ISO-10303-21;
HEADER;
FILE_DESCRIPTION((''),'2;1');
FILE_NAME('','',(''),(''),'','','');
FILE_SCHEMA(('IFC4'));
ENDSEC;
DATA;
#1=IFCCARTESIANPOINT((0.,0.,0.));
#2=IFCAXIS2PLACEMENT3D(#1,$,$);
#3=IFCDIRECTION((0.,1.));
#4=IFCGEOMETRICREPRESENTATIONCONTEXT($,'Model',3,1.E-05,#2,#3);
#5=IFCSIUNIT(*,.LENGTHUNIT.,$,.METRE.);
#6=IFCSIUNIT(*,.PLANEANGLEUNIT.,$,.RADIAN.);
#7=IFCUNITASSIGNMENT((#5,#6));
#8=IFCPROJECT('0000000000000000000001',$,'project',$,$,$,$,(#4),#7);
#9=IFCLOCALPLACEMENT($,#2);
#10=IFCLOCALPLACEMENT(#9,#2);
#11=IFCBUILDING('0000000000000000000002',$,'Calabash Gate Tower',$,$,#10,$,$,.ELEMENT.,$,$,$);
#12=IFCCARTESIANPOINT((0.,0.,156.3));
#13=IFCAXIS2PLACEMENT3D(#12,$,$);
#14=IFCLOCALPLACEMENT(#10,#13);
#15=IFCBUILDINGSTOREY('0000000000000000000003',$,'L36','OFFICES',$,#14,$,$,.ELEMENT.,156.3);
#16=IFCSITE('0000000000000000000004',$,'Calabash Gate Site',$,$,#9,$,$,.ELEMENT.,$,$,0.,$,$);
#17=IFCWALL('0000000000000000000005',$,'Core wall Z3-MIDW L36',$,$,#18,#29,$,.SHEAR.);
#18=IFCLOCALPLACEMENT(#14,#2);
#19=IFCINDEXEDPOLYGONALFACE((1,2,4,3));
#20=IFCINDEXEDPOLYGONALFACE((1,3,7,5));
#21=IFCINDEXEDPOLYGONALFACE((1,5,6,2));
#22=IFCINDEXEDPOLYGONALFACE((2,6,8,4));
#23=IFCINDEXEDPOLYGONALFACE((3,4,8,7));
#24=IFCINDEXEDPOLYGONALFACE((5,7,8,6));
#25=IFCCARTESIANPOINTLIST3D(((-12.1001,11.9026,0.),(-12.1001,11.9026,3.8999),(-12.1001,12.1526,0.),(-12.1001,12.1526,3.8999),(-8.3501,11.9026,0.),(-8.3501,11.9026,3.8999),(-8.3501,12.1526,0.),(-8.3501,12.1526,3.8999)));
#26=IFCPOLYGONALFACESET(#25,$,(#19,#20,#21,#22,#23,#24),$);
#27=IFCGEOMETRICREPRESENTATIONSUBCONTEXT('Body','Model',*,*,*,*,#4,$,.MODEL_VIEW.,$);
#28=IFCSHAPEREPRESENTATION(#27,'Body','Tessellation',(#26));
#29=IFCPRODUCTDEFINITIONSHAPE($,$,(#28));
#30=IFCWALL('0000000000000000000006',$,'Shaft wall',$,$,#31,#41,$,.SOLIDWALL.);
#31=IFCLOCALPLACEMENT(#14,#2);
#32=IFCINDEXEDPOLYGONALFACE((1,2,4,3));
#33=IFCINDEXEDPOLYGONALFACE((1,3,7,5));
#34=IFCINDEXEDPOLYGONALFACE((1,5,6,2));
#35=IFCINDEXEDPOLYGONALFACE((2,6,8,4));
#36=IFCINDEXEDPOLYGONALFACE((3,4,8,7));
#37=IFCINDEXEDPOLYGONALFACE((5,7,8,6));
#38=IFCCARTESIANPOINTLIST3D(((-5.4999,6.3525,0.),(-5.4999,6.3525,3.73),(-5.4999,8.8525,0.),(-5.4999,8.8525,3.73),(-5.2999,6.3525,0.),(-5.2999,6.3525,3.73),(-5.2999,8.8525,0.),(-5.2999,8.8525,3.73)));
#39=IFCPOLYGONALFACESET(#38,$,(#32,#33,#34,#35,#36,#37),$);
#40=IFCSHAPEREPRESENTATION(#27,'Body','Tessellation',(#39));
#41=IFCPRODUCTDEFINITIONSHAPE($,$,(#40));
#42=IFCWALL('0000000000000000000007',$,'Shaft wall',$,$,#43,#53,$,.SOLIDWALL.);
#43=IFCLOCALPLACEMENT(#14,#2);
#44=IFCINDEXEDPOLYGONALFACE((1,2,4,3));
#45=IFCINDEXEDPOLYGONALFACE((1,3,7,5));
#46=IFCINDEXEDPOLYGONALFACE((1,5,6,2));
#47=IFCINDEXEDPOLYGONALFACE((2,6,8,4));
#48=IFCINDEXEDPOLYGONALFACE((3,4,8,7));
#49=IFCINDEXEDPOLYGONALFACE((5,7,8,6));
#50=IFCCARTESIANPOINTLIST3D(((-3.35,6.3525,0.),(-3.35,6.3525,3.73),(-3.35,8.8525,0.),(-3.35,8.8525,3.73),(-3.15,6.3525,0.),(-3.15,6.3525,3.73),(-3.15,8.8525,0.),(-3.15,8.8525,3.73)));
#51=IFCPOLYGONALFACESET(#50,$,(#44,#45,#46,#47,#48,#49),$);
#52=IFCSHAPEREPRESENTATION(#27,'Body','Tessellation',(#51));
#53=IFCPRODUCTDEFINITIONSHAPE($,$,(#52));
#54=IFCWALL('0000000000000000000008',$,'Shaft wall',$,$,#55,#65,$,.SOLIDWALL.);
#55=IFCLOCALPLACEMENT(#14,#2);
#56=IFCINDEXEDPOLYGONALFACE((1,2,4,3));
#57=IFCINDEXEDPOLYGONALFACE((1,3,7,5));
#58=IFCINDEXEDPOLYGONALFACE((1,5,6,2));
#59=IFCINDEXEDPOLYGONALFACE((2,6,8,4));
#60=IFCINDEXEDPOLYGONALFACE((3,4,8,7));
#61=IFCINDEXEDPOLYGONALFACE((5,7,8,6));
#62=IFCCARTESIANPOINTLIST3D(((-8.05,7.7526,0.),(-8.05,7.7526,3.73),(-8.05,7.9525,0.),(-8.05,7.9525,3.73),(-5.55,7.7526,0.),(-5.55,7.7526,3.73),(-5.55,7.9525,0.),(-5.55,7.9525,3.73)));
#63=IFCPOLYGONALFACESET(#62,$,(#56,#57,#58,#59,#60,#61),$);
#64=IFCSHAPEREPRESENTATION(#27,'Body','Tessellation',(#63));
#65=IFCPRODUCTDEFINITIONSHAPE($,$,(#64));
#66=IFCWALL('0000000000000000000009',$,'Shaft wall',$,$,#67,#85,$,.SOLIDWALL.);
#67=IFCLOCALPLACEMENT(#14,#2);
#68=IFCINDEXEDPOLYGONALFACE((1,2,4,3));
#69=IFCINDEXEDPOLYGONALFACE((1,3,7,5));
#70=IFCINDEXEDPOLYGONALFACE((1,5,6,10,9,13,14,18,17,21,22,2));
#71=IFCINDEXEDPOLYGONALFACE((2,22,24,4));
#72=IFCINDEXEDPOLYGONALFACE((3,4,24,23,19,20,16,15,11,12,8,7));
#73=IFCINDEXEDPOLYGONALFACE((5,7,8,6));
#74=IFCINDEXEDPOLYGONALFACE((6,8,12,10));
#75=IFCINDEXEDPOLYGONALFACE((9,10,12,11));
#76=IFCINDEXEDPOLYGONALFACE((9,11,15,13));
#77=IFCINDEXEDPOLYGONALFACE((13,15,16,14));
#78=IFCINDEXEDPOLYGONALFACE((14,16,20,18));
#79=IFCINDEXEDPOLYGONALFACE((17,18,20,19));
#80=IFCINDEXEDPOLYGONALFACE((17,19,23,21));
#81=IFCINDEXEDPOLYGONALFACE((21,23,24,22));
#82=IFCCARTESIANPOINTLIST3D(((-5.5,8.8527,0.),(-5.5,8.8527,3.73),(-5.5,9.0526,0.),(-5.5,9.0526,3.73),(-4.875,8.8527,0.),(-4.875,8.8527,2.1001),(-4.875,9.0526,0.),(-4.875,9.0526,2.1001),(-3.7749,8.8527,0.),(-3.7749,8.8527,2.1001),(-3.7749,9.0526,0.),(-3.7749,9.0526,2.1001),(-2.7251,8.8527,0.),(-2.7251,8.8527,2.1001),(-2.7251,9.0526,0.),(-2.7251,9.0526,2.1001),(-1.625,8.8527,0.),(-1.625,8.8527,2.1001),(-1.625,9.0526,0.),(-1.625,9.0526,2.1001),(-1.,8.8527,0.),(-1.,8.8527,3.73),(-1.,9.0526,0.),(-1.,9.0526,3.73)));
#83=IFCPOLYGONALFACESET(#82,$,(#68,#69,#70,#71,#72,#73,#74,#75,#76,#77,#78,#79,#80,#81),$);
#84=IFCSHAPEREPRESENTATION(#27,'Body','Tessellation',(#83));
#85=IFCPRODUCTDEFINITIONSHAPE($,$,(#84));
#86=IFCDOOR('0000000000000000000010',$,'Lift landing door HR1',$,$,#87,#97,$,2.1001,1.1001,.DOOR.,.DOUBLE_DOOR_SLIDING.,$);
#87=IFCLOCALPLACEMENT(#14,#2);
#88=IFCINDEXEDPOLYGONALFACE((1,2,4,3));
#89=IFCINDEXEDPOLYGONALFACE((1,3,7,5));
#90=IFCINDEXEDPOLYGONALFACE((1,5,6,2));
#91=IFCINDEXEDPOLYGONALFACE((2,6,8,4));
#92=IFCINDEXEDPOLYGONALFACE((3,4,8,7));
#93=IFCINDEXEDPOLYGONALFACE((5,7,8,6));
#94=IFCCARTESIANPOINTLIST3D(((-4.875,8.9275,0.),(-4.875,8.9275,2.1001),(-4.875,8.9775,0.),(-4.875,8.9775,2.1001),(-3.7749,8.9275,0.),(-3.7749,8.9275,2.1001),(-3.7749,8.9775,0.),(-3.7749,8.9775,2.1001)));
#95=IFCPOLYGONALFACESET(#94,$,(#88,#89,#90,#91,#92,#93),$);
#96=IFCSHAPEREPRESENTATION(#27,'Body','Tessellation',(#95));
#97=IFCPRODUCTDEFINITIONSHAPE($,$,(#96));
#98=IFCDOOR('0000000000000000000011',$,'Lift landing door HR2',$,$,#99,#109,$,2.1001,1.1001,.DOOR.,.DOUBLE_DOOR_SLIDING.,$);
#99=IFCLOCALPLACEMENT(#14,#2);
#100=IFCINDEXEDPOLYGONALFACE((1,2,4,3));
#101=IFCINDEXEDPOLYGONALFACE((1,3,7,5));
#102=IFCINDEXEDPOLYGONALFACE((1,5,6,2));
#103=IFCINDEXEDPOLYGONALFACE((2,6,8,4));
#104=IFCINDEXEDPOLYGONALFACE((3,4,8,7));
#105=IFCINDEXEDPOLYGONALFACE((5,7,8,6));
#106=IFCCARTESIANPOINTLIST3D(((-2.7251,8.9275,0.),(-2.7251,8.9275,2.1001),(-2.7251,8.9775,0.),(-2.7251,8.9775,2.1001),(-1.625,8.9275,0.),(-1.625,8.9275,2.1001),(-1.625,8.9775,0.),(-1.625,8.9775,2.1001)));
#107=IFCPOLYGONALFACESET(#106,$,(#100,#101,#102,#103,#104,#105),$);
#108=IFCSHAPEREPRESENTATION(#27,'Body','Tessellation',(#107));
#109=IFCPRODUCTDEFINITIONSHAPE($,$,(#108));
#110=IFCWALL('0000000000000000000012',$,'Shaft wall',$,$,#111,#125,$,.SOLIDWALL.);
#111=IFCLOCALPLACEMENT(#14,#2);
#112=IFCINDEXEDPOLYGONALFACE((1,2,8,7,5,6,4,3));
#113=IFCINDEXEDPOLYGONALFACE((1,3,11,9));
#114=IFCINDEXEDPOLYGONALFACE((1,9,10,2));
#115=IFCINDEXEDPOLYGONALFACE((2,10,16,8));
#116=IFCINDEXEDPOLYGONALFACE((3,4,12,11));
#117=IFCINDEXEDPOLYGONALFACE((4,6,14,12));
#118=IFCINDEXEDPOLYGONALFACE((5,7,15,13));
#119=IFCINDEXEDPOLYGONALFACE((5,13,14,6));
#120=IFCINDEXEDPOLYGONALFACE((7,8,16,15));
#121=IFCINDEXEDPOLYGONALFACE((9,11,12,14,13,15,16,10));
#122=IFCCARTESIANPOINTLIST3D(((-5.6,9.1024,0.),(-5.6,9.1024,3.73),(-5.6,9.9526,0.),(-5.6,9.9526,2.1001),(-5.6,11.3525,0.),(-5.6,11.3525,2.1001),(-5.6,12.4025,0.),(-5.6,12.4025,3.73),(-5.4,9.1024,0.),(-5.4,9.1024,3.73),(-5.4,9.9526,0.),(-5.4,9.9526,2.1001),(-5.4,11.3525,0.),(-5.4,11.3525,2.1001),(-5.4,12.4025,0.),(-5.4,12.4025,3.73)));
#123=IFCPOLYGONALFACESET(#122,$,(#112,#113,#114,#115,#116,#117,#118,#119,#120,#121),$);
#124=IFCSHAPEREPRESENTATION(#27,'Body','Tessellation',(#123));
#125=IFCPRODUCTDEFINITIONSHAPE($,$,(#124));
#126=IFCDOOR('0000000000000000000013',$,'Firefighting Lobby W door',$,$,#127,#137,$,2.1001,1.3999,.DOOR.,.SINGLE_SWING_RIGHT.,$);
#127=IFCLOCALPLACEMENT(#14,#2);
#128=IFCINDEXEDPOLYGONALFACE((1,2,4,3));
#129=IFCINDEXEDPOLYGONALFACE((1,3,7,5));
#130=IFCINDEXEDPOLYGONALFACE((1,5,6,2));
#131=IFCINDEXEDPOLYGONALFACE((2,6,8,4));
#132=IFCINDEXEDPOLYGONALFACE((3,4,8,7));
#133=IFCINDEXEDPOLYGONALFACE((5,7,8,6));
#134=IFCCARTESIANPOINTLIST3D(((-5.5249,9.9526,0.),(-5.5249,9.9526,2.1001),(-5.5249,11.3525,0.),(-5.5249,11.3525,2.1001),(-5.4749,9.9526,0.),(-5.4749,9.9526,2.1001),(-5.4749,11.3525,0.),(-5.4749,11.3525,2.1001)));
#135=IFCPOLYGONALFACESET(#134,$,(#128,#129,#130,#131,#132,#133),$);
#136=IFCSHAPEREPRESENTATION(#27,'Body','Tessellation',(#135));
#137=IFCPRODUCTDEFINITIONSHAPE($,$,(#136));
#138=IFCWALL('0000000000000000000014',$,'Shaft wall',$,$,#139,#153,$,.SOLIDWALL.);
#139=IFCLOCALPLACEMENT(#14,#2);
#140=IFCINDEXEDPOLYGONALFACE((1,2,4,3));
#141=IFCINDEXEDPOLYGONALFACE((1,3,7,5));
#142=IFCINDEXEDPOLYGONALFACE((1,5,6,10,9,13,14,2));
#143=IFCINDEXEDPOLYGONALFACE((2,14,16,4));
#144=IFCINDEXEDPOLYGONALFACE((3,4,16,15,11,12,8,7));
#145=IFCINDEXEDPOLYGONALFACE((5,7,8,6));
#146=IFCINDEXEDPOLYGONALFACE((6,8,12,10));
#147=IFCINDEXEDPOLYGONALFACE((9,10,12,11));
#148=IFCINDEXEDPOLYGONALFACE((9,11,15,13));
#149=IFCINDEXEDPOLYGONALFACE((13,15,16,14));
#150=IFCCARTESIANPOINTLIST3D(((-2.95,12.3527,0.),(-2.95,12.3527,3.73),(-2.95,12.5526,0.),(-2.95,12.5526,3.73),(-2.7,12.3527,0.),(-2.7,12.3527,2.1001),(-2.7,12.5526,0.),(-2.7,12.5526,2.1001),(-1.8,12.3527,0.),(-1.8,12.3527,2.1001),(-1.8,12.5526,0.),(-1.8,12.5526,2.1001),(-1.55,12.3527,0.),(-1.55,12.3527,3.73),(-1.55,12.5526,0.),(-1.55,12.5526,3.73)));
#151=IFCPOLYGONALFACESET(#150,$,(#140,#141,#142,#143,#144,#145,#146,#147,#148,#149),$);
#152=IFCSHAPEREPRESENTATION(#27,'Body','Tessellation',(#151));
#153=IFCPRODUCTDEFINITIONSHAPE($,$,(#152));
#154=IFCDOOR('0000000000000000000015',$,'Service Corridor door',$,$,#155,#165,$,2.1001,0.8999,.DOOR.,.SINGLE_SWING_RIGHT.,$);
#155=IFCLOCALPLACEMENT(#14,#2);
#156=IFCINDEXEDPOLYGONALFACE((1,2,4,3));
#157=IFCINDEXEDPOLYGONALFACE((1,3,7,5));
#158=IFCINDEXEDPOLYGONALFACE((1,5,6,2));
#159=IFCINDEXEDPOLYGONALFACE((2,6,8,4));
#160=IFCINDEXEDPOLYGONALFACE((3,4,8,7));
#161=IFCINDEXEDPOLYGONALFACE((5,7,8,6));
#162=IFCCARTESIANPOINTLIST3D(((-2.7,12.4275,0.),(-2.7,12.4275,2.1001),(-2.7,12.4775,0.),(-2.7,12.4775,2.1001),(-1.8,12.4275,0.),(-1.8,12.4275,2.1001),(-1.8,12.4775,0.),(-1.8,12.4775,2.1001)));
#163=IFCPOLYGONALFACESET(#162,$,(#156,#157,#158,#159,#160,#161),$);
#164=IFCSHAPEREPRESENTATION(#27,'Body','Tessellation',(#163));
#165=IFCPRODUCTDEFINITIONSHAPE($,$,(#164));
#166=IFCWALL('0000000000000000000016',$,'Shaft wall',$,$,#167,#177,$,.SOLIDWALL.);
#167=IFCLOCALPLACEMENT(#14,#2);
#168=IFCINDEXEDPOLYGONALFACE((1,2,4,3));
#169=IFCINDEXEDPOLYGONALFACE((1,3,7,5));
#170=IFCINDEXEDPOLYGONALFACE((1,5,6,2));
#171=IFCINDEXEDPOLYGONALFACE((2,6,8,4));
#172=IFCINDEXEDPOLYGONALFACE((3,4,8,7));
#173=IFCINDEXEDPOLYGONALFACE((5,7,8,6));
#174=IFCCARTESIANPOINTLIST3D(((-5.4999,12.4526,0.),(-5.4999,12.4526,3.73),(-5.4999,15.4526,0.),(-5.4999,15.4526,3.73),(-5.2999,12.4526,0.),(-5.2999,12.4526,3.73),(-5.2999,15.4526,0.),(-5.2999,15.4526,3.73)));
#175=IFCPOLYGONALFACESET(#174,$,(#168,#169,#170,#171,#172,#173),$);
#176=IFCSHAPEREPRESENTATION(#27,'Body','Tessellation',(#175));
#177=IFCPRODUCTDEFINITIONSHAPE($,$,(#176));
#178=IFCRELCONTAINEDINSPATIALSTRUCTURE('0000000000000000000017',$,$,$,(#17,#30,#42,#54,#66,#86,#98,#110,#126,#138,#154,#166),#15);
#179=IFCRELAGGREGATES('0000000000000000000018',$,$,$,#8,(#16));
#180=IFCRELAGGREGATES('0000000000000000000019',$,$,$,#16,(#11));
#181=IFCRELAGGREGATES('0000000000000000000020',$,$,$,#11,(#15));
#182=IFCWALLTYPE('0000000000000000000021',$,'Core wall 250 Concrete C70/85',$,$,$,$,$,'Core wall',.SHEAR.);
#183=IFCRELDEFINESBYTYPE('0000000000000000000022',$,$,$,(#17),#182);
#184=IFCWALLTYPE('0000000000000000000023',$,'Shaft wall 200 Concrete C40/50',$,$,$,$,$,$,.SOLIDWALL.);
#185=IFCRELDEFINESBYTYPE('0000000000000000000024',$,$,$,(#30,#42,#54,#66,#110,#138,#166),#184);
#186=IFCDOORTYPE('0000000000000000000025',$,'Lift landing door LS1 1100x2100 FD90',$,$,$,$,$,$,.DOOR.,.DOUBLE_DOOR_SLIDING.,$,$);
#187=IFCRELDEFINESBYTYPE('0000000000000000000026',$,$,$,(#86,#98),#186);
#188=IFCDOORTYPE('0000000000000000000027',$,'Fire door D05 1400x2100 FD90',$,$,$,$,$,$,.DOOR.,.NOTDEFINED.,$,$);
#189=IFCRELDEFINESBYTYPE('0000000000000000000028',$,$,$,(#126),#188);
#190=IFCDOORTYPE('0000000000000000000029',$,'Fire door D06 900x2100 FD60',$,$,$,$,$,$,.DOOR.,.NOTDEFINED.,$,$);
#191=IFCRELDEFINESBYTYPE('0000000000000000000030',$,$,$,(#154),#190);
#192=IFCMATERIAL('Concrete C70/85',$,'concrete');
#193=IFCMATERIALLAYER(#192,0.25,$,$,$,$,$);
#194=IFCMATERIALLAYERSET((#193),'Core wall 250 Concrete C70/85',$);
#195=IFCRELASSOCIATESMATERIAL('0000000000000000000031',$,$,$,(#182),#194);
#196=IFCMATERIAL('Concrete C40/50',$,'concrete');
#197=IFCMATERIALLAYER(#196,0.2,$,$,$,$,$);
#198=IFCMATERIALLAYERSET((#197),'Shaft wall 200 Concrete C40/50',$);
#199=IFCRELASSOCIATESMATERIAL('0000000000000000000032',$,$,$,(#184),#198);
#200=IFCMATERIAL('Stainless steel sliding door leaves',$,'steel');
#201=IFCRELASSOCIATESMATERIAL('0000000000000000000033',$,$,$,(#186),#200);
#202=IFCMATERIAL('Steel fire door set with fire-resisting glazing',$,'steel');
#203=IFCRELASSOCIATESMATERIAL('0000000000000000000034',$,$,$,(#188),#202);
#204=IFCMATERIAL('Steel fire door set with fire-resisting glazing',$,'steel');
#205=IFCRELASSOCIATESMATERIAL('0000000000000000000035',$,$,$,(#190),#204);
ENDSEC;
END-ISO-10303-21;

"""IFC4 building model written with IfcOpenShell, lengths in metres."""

from ifc_helpers import new_model, si_unit, direction, frame, frame_2d, origin, place, context, subcontext, project, spatial, rectangle, extrude, material, layer, layer_set, type_object, element, fill, save


model = new_model("IFC4")

# Units and contexts
model_context = context("Model", 3, precision=1e-05, world=origin(), true_north=direction((0.0, 1.0)))
body_context = subcontext(model_context, "Body", "Model", "MODEL_VIEW")
ifc_project = project(units=[si_unit("LENGTHUNIT", "METRE"), si_unit("PLANEANGLEUNIT", "RADIAN")], contexts=[model_context])

# Site, building, storey
site_placement = place(None, origin())
site = spatial("IfcSite", under=ifc_project, at=site_placement, Name="Calabash Gate Site", CompositionType="ELEMENT", RefElevation=0.0)
building_placement = place(site_placement, origin())
building = spatial("IfcBuilding", under=site, at=building_placement, Name="Calabash Gate Tower", CompositionType="ELEMENT")
storey_placement = place(building_placement, frame((0.0, 0.0, 156.3)))
storey = spatial("IfcBuildingStorey", under=building, at=storey_placement, Name="L36", Description="OFFICES", CompositionType="ELEMENT", Elevation=156.3)

# Walls
ifc_material_1 = material(Name="Concrete C70/85", Category="concrete")
ifc_layer_1 = layer(ifc_material_1, 0.25)
ifc_layer_set_1 = layer_set([ifc_layer_1], Name="Core wall 250 Concrete C70/85")
wall_type_1 = type_object("IfcWallType", Name="Core wall 250 Concrete C70/85", ElementType="Core wall", PredefinedType="SHEAR", material=ifc_layer_set_1)
wall_1_placement = place(storey_placement, frame((-12.1001, 12.0276, 0.0), z_axis=(0.0, 0.0, 1.0), x_axis=(1.0, 0.0, 0.0)))
element("IfcWall", 1, at=wall_1_placement, inside=storey, type_object=wall_type_1, Name="Core wall Z3-MIDW L36", PredefinedType="SHEAR", context=body_context, shape_type="SweptSolid", body=[
    extrude(rectangle(XDim=3.75, YDim=0.25, at=frame_2d((1.875, 0.0))), origin(), (0.0, 0.0, 1.0), 3.8999),
])
ifc_material_2 = material(Name="Concrete C40/50", Category="concrete")
ifc_layer_2 = layer(ifc_material_2, 0.2)
ifc_layer_set_2 = layer_set([ifc_layer_2], Name="Shaft wall 200 Concrete C40/50")
wall_type_2 = type_object("IfcWallType", Name="Shaft wall 200 Concrete C40/50", PredefinedType="SOLIDWALL", material=ifc_layer_set_2)
for number, where, z_axis, x_axis, name in (
    (2, (-5.3999, 6.3525, 0.0), (0.0, 0.0, 1.0), (0.0, 1.0, 0.0), "Shaft wall"),
    (3, (-3.25, 6.3525, 0.0), (0.0, 0.0, 1.0), (0.0, 1.0, 0.0), "Shaft wall"),
    (4, (-8.05, 7.8525, 0.0), (0.0, 0.0, 1.0), (1.0, 0.0, 0.0), "Shaft wall"),
):
    element("IfcWall", number, at=place(storey_placement, frame(where, z_axis=z_axis, x_axis=x_axis)), inside=storey, type_object=wall_type_2, Name=name, PredefinedType="SOLIDWALL", context=body_context, shape_type="SweptSolid", body=[
        extrude(rectangle(XDim=2.5, YDim=0.2, at=frame_2d((1.25, 0.0))), origin(), (0.0, 0.0, 1.0), 3.73),
    ])

# Wall, openings, doors
wall_2_placement = place(storey_placement, frame((-5.5, 8.9526, 0.0), z_axis=(0.0, 0.0, 1.0), x_axis=(1.0, 0.0, 0.0)))
wall_2 = element("IfcWall", 5, at=wall_2_placement, inside=storey, type_object=wall_type_2, Name="Shaft wall", PredefinedType="SOLIDWALL", context=body_context, shape_type="SweptSolid", body=[
    extrude(rectangle(XDim=4.5, YDim=0.2, at=frame_2d((2.25, 0.0))), origin(), (0.0, 0.0, 1.0), 3.73),
])
opening_1_placement = place(wall_2_placement, frame((0.625, 0.0, 0.0)))
opening_1 = element("IfcOpeningElement", 6, at=opening_1_placement, cuts=wall_2, PredefinedType="OPENING", context=body_context, shape_type="SweptSolid", body=[
    extrude(rectangle(XDim=1.1001, YDim=2.1001, at=frame_2d((0.55, 1.05))), frame((0.0, 0.1099, 0.0), z_axis=(0.0, -1.0, 0.0), x_axis=(1.0, 0.0, 0.0)), (0.0, 0.0, 1.0), 0.22),
])
opening_2_placement = place(wall_2_placement, frame((2.7749, 0.0, 0.0)))
opening_2 = element("IfcOpeningElement", 7, at=opening_2_placement, cuts=wall_2, PredefinedType="OPENING", context=body_context, shape_type="SweptSolid", body=[
    extrude(rectangle(XDim=1.1001, YDim=2.1001, at=frame_2d((0.55, 1.05))), frame((0.0, 0.1099, 0.0), z_axis=(0.0, -1.0, 0.0), x_axis=(1.0, 0.0, 0.0)), (0.0, 0.0, 1.0), 0.22),
])
ifc_material_3 = material(Name="Stainless steel sliding door leaves", Category="steel")
door_type_1 = type_object("IfcDoorType", Name="Lift landing door LS1 1100x2100 FD90", OperationType="DOUBLE_DOOR_SLIDING", PredefinedType="DOOR", material=ifc_material_3)
door_1_placement = place(opening_1_placement, origin())
door_1 = element("IfcDoor", 8, at=door_1_placement, inside=storey, type_object=door_type_1, Name="Lift landing door HR1", OperationType="DOUBLE_DOOR_SLIDING", OverallHeight=2.1001, OverallWidth=1.1001, PredefinedType="DOOR", context=body_context, shape_type="SweptSolid", body=[
    extrude(rectangle(XDim=1.1001, YDim=2.1001, at=frame_2d((0.55, 1.05))), frame((0.0, 0.0249, 0.0), z_axis=(0.0, -1.0, 0.0), x_axis=(1.0, 0.0, 0.0)), (0.0, 0.0, 1.0), 0.05),
])
fill(opening_1, door_1)
door_2_placement = place(opening_2_placement, origin())
door_2 = element("IfcDoor", 9, at=door_2_placement, inside=storey, type_object=door_type_1, Name="Lift landing door HR2", OperationType="DOUBLE_DOOR_SLIDING", OverallHeight=2.1001, OverallWidth=1.1001, PredefinedType="DOOR", context=body_context, shape_type="SweptSolid", body=[
    extrude(rectangle(XDim=1.1001, YDim=2.1001, at=frame_2d((0.55, 1.05))), frame((0.0, 0.0249, 0.0), z_axis=(0.0, -1.0, 0.0), x_axis=(1.0, 0.0, 0.0)), (0.0, 0.0, 1.0), 0.05),
])
fill(opening_2, door_2)

# Walls, openings, doors
wall_3_placement = place(storey_placement, frame((-5.5, 9.1025, 0.0), z_axis=(0.0, 0.0, 1.0), x_axis=(0.0, 1.0, 0.0)))
wall_3 = element("IfcWall", 10, at=wall_3_placement, inside=storey, type_object=wall_type_2, Name="Shaft wall", PredefinedType="SOLIDWALL", context=body_context, shape_type="SweptSolid", body=[
    extrude(rectangle(XDim=3.3, YDim=0.2, at=frame_2d((1.6499, 0.0))), origin(), (0.0, 0.0, 1.0), 3.73),
])
opening_3_placement = place(wall_3_placement, frame((0.8501, 0.0, 0.0)))
opening_3 = element("IfcOpeningElement", 11, at=opening_3_placement, cuts=wall_3, PredefinedType="OPENING", context=body_context, shape_type="SweptSolid", body=[
    extrude(rectangle(XDim=1.3999, YDim=2.1001, at=frame_2d((0.7, 1.05))), frame((0.0, 0.1099, 0.0), z_axis=(0.0, -1.0, 0.0), x_axis=(1.0, 0.0, 0.0)), (0.0, 0.0, 1.0), 0.22),
])
ifc_material_4 = material(Name="Steel fire door set with fire-resisting glazing", Category="steel")
door_type_2 = type_object("IfcDoorType", Name="Fire door D05 1400x2100 FD90", OperationType="NOTDEFINED", PredefinedType="DOOR", material=ifc_material_4)
door_3_placement = place(opening_3_placement, origin())
door_3 = element("IfcDoor", 12, at=door_3_placement, inside=storey, type_object=door_type_2, Name="Firefighting Lobby W door", OperationType="SINGLE_SWING_RIGHT", OverallHeight=2.1001, OverallWidth=1.3999, PredefinedType="DOOR", context=body_context, shape_type="SweptSolid", body=[
    extrude(rectangle(XDim=1.3999, YDim=2.1001, at=frame_2d((0.7, 1.05))), frame((0.0, 0.0249, 0.0), z_axis=(0.0, -1.0, 0.0), x_axis=(1.0, 0.0, 0.0)), (0.0, 0.0, 1.0), 0.05),
])
fill(opening_3, door_3)
wall_4_placement = place(storey_placement, frame((-2.95, 12.4526, 0.0), z_axis=(0.0, 0.0, 1.0), x_axis=(1.0, 0.0, 0.0)))
wall_4 = element("IfcWall", 13, at=wall_4_placement, inside=storey, type_object=wall_type_2, Name="Shaft wall", PredefinedType="SOLIDWALL", context=body_context, shape_type="SweptSolid", body=[
    extrude(rectangle(XDim=1.3999, YDim=0.2, at=frame_2d((0.7, 0.0))), origin(), (0.0, 0.0, 1.0), 3.73),
])
opening_4_placement = place(wall_4_placement, frame((0.25, 0.0, 0.0)))
opening_4 = element("IfcOpeningElement", 14, at=opening_4_placement, cuts=wall_4, PredefinedType="OPENING", context=body_context, shape_type="SweptSolid", body=[
    extrude(rectangle(XDim=0.8999, YDim=2.1001, at=frame_2d((0.45, 1.05))), frame((0.0, 0.1099, 0.0), z_axis=(0.0, -1.0, 0.0), x_axis=(1.0, 0.0, 0.0)), (0.0, 0.0, 1.0), 0.22),
])
ifc_material_5 = material(Name="Steel fire door set with fire-resisting glazing", Category="steel")
door_type_3 = type_object("IfcDoorType", Name="Fire door D06 900x2100 FD60", OperationType="NOTDEFINED", PredefinedType="DOOR", material=ifc_material_5)
door_4_placement = place(opening_4_placement, origin())
door_4 = element("IfcDoor", 15, at=door_4_placement, inside=storey, type_object=door_type_3, Name="Service Corridor door", OperationType="SINGLE_SWING_RIGHT", OverallHeight=2.1001, OverallWidth=0.8999, PredefinedType="DOOR", context=body_context, shape_type="SweptSolid", body=[
    extrude(rectangle(XDim=0.8999, YDim=2.1001, at=frame_2d((0.45, 1.05))), frame((0.0, 0.0249, 0.0), z_axis=(0.0, -1.0, 0.0), x_axis=(1.0, 0.0, 0.0)), (0.0, 0.0, 1.0), 0.05),
])
fill(opening_4, door_4)

# Wall
wall_5_placement = place(storey_placement, frame((-5.3999, 12.4526, 0.0), z_axis=(0.0, 0.0, 1.0), x_axis=(0.0, 1.0, 0.0)))
element("IfcWall", 16, at=wall_5_placement, inside=storey, type_object=wall_type_2, Name="Shaft wall", PredefinedType="SOLIDWALL", context=body_context, shape_type="SweptSolid", body=[
    extrude(rectangle(XDim=3.0, YDim=0.2, at=frame_2d((1.5, 0.0))), origin(), (0.0, 0.0, 1.0), 3.73),
])

save(model, "model.ifc")
